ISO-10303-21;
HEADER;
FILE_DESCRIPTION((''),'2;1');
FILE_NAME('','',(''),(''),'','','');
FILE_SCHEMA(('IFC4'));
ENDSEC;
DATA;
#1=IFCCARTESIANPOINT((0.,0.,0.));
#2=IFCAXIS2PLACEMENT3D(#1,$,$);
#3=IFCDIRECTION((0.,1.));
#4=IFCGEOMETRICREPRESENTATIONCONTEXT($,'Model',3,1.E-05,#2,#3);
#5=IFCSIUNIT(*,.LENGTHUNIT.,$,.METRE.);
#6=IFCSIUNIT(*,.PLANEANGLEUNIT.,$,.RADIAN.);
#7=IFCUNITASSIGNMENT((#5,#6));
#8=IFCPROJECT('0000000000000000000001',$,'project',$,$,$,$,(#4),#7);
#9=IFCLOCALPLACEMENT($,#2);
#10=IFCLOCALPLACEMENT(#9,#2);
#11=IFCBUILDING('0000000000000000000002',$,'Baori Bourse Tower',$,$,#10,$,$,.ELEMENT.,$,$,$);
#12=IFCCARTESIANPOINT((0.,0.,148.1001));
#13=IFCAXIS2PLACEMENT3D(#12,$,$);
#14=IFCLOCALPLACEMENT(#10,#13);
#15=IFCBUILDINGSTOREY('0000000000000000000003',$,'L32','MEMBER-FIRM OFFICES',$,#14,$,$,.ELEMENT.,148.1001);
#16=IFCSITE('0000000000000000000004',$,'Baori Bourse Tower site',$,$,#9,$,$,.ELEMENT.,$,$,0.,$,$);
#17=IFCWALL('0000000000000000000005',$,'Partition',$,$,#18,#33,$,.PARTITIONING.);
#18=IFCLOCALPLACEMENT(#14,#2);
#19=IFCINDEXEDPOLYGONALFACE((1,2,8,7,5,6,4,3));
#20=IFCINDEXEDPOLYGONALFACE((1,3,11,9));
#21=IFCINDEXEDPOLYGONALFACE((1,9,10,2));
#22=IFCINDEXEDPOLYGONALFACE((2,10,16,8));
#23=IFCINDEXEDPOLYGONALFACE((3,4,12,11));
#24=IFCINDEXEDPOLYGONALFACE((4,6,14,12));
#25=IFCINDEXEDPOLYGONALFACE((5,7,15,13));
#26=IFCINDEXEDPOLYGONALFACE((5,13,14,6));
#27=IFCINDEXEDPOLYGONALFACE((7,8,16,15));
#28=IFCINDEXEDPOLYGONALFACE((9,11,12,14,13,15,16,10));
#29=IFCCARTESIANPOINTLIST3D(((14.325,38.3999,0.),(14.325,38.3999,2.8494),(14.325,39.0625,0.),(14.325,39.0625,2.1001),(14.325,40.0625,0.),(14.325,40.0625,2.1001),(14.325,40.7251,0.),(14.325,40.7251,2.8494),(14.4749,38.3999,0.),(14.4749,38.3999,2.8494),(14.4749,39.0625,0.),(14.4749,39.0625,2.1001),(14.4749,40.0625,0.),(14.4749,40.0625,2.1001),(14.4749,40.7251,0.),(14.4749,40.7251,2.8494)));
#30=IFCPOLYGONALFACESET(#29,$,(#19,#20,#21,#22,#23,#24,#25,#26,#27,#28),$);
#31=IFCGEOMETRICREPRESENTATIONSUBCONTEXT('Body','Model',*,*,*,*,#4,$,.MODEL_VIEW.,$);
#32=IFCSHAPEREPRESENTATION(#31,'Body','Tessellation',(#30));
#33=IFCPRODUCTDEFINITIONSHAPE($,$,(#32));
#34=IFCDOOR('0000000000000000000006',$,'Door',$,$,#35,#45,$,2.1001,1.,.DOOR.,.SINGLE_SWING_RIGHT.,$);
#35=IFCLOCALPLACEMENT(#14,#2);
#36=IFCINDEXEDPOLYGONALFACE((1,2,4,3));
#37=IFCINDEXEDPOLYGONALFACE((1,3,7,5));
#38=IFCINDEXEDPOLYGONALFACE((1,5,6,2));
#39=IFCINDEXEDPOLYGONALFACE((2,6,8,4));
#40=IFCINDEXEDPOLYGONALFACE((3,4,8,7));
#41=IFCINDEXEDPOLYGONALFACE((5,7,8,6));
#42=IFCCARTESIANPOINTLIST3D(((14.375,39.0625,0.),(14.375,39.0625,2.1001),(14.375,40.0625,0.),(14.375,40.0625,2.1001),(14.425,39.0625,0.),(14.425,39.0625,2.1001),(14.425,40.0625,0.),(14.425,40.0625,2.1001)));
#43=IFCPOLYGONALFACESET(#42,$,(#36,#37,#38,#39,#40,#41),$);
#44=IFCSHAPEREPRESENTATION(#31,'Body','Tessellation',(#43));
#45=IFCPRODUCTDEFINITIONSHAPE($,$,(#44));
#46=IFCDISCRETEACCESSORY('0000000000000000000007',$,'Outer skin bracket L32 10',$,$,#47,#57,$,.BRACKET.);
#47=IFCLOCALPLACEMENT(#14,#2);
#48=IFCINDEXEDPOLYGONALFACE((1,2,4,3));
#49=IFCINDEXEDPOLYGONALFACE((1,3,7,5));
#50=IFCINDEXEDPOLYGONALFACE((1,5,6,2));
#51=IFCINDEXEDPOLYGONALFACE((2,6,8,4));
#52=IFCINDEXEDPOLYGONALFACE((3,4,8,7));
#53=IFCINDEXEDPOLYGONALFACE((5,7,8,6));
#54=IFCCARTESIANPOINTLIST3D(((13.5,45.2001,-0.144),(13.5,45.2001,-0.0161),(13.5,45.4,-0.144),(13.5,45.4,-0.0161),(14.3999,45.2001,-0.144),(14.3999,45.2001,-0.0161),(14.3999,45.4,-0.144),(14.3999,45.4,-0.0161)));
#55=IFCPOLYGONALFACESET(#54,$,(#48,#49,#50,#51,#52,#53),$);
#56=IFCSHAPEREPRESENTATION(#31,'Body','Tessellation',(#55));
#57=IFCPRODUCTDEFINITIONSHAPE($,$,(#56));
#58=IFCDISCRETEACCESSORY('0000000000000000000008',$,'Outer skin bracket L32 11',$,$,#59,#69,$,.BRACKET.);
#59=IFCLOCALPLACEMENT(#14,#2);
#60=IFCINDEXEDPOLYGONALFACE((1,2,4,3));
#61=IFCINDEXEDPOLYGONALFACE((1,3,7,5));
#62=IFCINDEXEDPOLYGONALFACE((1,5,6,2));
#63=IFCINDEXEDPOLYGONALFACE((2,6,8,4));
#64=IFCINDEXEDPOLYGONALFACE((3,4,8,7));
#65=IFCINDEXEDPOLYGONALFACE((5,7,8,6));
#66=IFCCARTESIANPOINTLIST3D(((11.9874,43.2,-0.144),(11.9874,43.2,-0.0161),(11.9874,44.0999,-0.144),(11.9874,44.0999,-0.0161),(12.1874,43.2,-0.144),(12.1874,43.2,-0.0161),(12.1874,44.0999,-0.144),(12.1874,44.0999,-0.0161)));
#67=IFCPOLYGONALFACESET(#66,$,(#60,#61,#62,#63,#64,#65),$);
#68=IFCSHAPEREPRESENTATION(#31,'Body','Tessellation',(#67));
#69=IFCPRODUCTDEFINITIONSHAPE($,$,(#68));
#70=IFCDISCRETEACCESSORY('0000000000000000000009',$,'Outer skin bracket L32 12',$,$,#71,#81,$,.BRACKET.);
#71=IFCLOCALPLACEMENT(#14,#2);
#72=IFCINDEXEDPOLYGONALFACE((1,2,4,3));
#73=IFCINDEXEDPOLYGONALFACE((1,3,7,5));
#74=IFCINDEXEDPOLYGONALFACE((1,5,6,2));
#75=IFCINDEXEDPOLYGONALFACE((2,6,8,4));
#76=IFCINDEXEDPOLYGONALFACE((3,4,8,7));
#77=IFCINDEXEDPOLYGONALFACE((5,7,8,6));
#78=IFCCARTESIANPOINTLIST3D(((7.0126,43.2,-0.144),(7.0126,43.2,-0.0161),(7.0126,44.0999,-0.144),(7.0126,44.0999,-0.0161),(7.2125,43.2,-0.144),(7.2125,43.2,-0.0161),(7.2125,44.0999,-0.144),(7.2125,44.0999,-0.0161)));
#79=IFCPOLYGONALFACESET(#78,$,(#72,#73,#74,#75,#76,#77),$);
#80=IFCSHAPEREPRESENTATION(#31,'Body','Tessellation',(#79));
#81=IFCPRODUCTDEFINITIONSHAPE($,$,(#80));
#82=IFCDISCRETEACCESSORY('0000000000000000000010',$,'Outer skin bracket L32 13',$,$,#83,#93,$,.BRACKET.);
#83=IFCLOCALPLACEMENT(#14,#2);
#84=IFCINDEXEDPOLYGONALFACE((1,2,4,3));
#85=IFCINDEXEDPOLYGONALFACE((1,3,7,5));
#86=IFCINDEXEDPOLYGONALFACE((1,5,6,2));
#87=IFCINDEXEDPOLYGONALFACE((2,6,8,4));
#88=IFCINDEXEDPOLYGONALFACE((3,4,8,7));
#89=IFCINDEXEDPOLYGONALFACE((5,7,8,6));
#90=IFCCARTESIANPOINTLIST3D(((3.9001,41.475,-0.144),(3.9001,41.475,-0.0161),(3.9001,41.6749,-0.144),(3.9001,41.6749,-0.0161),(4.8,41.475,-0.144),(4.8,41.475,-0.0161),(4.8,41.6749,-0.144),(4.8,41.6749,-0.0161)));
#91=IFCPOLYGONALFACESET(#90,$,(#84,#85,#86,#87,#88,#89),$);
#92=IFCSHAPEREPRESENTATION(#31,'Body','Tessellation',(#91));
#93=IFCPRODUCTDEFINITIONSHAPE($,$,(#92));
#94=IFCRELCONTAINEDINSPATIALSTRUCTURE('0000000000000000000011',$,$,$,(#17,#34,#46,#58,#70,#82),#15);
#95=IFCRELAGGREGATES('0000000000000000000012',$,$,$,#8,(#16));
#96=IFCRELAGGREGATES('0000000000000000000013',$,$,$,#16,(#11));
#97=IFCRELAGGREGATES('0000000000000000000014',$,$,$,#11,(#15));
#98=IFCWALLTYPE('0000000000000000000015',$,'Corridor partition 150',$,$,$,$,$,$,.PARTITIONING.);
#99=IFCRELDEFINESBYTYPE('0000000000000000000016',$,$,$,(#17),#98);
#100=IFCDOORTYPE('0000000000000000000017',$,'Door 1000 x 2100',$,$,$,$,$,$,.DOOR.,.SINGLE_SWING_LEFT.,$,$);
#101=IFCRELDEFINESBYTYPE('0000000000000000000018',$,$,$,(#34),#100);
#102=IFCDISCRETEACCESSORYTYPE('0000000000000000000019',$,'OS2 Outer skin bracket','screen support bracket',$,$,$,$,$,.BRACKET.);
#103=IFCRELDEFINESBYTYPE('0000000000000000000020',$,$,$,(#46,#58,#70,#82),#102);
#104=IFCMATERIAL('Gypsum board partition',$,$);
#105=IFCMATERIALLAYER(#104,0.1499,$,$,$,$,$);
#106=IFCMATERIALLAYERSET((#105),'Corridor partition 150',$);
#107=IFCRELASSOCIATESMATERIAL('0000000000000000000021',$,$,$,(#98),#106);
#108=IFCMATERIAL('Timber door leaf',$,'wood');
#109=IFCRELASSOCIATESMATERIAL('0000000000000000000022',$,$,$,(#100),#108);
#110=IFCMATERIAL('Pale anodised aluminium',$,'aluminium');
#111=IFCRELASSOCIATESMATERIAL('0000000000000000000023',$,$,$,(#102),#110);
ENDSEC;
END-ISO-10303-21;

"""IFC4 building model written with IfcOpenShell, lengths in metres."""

from ifc_helpers import new_model, si_unit, direction, frame, frame_2d, origin, origin_2d, place, context, subcontext, project, spatial, rectangle, extrude, material, layer, layer_set, type_object, element, fill, save


model = new_model("IFC4")

# Units and contexts
model_context = context("Model", 3, precision=1e-05, world=origin(), true_north=direction((0.0, 1.0)))
body_context = subcontext(model_context, "Body", "Model", "MODEL_VIEW")
ifc_project = project(units=[si_unit("LENGTHUNIT", "METRE"), si_unit("PLANEANGLEUNIT", "RADIAN")], contexts=[model_context])

# Site, building, storey
site_placement = place(None, origin())
site = spatial("IfcSite", under=ifc_project, at=site_placement, Name="Baori Bourse Tower site", CompositionType="ELEMENT", RefElevation=0.0)
building_placement = place(site_placement, origin())
building = spatial("IfcBuilding", under=site, at=building_placement, Name="Baori Bourse Tower", CompositionType="ELEMENT")
storey_placement = place(building_placement, frame((0.0, 0.0, 148.1001)))
storey = spatial("IfcBuildingStorey", under=building, at=storey_placement, Name="L32", Description="MEMBER-FIRM OFFICES", CompositionType="ELEMENT", Elevation=148.1001)

# Shared definitions
ifc_material_1 = material(Name="Gypsum board partition")
ifc_layer_1 = layer(ifc_material_1, 0.1499)
ifc_layer_set_1 = layer_set([ifc_layer_1], Name="Corridor partition 150")
wall_type_1 = type_object("IfcWallType", Name="Corridor partition 150", PredefinedType="PARTITIONING", material=ifc_layer_set_1)
ifc_material_2 = material(Name="Timber door leaf", Category="wood")
door_type_1 = type_object("IfcDoorType", Name="Door 1000 x 2100", OperationType="SINGLE_SWING_LEFT", PredefinedType="DOOR", material=ifc_material_2)

# Wall, opening, door
wall_1_placement = place(storey_placement, frame((14.3999, 38.3999, 0.0), z_axis=(0.0, 0.0, 1.0), x_axis=(0.0, 1.0, 0.0)))
wall_1 = element("IfcWall", 1, at=wall_1_placement, inside=storey, type_object=wall_type_1, Name="Partition", PredefinedType="PARTITIONING", context=body_context, shape_type="SweptSolid", body=[
    extrude(rectangle(XDim=2.3252, YDim=0.1499, at=frame_2d((1.1626, 0.0))), origin(), (0.0, 0.0, 1.0), 2.8494),
])
opening_1_placement = place(wall_1_placement, frame((0.6626, 0.0, 0.0)))
opening_1 = element("IfcOpeningElement", 2, at=opening_1_placement, cuts=wall_1, PredefinedType="OPENING", context=body_context, shape_type="SweptSolid", body=[
    extrude(rectangle(XDim=1.0, YDim=2.1001, at=frame_2d((0.5, 1.05))), frame((0.0, 0.085, 0.0), z_axis=(0.0, -1.0, 0.0), x_axis=(1.0, 0.0, 0.0)), (0.0, 0.0, 1.0), 0.1699),
])
door_1_placement = place(opening_1_placement, origin())
door_1 = element("IfcDoor", 3, at=door_1_placement, inside=storey, type_object=door_type_1, Name="Door", OperationType="SINGLE_SWING_RIGHT", OverallHeight=2.1001, OverallWidth=1.0, PredefinedType="DOOR", context=body_context, shape_type="SweptSolid", body=[
    extrude(rectangle(XDim=1.0, YDim=2.1001, at=frame_2d((0.5, 1.05))), frame((0.0, 0.0249, 0.0), z_axis=(0.0, -1.0, 0.0), x_axis=(1.0, 0.0, 0.0)), (0.0, 0.0, 1.0), 0.05),
])
fill(opening_1, door_1)

# Discrete accessories
ifc_material_3 = material(Name="Pale anodised aluminium", Category="aluminium")
discrete_accessory_type = type_object("IfcDiscreteAccessoryType", Name="OS2 Outer skin bracket", Description="screen support bracket", PredefinedType="BRACKET", material=ifc_material_3)
for number, where, z_axis, x_axis, name in (
    (4, (13.95, 45.3, -0.144), (0.0, 0.0, 1.0), (0.0, -1.0, 0.0), "Outer skin bracket L32 10"),
    (5, (12.0874, 43.6499, -0.144), (0.0, 0.0, 1.0), (-1.0, 0.0, 0.0), "Outer skin bracket L32 11"),
    (6, (7.1125, 43.6499, -0.144), (0.0, 0.0, 1.0), (-1.0, 0.0, 0.0), "Outer skin bracket L32 12"),
    (7, (4.3501, 41.575, -0.144), (0.0, 0.0, 1.0), (0.0, -1.0, 0.0), "Outer skin bracket L32 13"),
):
    element("IfcDiscreteAccessory", number, at=place(storey_placement, frame(where, z_axis=z_axis, x_axis=x_axis)), inside=storey, type_object=discrete_accessory_type, Name=name, PredefinedType="BRACKET", context=body_context, shape_type="SweptSolid", body=[
        extrude(rectangle(XDim=0.2, YDim=0.8999, at=origin_2d()), origin(), (0.0, 0.0, 1.0), 0.1279),
    ])

save(model, "model.ifc")
